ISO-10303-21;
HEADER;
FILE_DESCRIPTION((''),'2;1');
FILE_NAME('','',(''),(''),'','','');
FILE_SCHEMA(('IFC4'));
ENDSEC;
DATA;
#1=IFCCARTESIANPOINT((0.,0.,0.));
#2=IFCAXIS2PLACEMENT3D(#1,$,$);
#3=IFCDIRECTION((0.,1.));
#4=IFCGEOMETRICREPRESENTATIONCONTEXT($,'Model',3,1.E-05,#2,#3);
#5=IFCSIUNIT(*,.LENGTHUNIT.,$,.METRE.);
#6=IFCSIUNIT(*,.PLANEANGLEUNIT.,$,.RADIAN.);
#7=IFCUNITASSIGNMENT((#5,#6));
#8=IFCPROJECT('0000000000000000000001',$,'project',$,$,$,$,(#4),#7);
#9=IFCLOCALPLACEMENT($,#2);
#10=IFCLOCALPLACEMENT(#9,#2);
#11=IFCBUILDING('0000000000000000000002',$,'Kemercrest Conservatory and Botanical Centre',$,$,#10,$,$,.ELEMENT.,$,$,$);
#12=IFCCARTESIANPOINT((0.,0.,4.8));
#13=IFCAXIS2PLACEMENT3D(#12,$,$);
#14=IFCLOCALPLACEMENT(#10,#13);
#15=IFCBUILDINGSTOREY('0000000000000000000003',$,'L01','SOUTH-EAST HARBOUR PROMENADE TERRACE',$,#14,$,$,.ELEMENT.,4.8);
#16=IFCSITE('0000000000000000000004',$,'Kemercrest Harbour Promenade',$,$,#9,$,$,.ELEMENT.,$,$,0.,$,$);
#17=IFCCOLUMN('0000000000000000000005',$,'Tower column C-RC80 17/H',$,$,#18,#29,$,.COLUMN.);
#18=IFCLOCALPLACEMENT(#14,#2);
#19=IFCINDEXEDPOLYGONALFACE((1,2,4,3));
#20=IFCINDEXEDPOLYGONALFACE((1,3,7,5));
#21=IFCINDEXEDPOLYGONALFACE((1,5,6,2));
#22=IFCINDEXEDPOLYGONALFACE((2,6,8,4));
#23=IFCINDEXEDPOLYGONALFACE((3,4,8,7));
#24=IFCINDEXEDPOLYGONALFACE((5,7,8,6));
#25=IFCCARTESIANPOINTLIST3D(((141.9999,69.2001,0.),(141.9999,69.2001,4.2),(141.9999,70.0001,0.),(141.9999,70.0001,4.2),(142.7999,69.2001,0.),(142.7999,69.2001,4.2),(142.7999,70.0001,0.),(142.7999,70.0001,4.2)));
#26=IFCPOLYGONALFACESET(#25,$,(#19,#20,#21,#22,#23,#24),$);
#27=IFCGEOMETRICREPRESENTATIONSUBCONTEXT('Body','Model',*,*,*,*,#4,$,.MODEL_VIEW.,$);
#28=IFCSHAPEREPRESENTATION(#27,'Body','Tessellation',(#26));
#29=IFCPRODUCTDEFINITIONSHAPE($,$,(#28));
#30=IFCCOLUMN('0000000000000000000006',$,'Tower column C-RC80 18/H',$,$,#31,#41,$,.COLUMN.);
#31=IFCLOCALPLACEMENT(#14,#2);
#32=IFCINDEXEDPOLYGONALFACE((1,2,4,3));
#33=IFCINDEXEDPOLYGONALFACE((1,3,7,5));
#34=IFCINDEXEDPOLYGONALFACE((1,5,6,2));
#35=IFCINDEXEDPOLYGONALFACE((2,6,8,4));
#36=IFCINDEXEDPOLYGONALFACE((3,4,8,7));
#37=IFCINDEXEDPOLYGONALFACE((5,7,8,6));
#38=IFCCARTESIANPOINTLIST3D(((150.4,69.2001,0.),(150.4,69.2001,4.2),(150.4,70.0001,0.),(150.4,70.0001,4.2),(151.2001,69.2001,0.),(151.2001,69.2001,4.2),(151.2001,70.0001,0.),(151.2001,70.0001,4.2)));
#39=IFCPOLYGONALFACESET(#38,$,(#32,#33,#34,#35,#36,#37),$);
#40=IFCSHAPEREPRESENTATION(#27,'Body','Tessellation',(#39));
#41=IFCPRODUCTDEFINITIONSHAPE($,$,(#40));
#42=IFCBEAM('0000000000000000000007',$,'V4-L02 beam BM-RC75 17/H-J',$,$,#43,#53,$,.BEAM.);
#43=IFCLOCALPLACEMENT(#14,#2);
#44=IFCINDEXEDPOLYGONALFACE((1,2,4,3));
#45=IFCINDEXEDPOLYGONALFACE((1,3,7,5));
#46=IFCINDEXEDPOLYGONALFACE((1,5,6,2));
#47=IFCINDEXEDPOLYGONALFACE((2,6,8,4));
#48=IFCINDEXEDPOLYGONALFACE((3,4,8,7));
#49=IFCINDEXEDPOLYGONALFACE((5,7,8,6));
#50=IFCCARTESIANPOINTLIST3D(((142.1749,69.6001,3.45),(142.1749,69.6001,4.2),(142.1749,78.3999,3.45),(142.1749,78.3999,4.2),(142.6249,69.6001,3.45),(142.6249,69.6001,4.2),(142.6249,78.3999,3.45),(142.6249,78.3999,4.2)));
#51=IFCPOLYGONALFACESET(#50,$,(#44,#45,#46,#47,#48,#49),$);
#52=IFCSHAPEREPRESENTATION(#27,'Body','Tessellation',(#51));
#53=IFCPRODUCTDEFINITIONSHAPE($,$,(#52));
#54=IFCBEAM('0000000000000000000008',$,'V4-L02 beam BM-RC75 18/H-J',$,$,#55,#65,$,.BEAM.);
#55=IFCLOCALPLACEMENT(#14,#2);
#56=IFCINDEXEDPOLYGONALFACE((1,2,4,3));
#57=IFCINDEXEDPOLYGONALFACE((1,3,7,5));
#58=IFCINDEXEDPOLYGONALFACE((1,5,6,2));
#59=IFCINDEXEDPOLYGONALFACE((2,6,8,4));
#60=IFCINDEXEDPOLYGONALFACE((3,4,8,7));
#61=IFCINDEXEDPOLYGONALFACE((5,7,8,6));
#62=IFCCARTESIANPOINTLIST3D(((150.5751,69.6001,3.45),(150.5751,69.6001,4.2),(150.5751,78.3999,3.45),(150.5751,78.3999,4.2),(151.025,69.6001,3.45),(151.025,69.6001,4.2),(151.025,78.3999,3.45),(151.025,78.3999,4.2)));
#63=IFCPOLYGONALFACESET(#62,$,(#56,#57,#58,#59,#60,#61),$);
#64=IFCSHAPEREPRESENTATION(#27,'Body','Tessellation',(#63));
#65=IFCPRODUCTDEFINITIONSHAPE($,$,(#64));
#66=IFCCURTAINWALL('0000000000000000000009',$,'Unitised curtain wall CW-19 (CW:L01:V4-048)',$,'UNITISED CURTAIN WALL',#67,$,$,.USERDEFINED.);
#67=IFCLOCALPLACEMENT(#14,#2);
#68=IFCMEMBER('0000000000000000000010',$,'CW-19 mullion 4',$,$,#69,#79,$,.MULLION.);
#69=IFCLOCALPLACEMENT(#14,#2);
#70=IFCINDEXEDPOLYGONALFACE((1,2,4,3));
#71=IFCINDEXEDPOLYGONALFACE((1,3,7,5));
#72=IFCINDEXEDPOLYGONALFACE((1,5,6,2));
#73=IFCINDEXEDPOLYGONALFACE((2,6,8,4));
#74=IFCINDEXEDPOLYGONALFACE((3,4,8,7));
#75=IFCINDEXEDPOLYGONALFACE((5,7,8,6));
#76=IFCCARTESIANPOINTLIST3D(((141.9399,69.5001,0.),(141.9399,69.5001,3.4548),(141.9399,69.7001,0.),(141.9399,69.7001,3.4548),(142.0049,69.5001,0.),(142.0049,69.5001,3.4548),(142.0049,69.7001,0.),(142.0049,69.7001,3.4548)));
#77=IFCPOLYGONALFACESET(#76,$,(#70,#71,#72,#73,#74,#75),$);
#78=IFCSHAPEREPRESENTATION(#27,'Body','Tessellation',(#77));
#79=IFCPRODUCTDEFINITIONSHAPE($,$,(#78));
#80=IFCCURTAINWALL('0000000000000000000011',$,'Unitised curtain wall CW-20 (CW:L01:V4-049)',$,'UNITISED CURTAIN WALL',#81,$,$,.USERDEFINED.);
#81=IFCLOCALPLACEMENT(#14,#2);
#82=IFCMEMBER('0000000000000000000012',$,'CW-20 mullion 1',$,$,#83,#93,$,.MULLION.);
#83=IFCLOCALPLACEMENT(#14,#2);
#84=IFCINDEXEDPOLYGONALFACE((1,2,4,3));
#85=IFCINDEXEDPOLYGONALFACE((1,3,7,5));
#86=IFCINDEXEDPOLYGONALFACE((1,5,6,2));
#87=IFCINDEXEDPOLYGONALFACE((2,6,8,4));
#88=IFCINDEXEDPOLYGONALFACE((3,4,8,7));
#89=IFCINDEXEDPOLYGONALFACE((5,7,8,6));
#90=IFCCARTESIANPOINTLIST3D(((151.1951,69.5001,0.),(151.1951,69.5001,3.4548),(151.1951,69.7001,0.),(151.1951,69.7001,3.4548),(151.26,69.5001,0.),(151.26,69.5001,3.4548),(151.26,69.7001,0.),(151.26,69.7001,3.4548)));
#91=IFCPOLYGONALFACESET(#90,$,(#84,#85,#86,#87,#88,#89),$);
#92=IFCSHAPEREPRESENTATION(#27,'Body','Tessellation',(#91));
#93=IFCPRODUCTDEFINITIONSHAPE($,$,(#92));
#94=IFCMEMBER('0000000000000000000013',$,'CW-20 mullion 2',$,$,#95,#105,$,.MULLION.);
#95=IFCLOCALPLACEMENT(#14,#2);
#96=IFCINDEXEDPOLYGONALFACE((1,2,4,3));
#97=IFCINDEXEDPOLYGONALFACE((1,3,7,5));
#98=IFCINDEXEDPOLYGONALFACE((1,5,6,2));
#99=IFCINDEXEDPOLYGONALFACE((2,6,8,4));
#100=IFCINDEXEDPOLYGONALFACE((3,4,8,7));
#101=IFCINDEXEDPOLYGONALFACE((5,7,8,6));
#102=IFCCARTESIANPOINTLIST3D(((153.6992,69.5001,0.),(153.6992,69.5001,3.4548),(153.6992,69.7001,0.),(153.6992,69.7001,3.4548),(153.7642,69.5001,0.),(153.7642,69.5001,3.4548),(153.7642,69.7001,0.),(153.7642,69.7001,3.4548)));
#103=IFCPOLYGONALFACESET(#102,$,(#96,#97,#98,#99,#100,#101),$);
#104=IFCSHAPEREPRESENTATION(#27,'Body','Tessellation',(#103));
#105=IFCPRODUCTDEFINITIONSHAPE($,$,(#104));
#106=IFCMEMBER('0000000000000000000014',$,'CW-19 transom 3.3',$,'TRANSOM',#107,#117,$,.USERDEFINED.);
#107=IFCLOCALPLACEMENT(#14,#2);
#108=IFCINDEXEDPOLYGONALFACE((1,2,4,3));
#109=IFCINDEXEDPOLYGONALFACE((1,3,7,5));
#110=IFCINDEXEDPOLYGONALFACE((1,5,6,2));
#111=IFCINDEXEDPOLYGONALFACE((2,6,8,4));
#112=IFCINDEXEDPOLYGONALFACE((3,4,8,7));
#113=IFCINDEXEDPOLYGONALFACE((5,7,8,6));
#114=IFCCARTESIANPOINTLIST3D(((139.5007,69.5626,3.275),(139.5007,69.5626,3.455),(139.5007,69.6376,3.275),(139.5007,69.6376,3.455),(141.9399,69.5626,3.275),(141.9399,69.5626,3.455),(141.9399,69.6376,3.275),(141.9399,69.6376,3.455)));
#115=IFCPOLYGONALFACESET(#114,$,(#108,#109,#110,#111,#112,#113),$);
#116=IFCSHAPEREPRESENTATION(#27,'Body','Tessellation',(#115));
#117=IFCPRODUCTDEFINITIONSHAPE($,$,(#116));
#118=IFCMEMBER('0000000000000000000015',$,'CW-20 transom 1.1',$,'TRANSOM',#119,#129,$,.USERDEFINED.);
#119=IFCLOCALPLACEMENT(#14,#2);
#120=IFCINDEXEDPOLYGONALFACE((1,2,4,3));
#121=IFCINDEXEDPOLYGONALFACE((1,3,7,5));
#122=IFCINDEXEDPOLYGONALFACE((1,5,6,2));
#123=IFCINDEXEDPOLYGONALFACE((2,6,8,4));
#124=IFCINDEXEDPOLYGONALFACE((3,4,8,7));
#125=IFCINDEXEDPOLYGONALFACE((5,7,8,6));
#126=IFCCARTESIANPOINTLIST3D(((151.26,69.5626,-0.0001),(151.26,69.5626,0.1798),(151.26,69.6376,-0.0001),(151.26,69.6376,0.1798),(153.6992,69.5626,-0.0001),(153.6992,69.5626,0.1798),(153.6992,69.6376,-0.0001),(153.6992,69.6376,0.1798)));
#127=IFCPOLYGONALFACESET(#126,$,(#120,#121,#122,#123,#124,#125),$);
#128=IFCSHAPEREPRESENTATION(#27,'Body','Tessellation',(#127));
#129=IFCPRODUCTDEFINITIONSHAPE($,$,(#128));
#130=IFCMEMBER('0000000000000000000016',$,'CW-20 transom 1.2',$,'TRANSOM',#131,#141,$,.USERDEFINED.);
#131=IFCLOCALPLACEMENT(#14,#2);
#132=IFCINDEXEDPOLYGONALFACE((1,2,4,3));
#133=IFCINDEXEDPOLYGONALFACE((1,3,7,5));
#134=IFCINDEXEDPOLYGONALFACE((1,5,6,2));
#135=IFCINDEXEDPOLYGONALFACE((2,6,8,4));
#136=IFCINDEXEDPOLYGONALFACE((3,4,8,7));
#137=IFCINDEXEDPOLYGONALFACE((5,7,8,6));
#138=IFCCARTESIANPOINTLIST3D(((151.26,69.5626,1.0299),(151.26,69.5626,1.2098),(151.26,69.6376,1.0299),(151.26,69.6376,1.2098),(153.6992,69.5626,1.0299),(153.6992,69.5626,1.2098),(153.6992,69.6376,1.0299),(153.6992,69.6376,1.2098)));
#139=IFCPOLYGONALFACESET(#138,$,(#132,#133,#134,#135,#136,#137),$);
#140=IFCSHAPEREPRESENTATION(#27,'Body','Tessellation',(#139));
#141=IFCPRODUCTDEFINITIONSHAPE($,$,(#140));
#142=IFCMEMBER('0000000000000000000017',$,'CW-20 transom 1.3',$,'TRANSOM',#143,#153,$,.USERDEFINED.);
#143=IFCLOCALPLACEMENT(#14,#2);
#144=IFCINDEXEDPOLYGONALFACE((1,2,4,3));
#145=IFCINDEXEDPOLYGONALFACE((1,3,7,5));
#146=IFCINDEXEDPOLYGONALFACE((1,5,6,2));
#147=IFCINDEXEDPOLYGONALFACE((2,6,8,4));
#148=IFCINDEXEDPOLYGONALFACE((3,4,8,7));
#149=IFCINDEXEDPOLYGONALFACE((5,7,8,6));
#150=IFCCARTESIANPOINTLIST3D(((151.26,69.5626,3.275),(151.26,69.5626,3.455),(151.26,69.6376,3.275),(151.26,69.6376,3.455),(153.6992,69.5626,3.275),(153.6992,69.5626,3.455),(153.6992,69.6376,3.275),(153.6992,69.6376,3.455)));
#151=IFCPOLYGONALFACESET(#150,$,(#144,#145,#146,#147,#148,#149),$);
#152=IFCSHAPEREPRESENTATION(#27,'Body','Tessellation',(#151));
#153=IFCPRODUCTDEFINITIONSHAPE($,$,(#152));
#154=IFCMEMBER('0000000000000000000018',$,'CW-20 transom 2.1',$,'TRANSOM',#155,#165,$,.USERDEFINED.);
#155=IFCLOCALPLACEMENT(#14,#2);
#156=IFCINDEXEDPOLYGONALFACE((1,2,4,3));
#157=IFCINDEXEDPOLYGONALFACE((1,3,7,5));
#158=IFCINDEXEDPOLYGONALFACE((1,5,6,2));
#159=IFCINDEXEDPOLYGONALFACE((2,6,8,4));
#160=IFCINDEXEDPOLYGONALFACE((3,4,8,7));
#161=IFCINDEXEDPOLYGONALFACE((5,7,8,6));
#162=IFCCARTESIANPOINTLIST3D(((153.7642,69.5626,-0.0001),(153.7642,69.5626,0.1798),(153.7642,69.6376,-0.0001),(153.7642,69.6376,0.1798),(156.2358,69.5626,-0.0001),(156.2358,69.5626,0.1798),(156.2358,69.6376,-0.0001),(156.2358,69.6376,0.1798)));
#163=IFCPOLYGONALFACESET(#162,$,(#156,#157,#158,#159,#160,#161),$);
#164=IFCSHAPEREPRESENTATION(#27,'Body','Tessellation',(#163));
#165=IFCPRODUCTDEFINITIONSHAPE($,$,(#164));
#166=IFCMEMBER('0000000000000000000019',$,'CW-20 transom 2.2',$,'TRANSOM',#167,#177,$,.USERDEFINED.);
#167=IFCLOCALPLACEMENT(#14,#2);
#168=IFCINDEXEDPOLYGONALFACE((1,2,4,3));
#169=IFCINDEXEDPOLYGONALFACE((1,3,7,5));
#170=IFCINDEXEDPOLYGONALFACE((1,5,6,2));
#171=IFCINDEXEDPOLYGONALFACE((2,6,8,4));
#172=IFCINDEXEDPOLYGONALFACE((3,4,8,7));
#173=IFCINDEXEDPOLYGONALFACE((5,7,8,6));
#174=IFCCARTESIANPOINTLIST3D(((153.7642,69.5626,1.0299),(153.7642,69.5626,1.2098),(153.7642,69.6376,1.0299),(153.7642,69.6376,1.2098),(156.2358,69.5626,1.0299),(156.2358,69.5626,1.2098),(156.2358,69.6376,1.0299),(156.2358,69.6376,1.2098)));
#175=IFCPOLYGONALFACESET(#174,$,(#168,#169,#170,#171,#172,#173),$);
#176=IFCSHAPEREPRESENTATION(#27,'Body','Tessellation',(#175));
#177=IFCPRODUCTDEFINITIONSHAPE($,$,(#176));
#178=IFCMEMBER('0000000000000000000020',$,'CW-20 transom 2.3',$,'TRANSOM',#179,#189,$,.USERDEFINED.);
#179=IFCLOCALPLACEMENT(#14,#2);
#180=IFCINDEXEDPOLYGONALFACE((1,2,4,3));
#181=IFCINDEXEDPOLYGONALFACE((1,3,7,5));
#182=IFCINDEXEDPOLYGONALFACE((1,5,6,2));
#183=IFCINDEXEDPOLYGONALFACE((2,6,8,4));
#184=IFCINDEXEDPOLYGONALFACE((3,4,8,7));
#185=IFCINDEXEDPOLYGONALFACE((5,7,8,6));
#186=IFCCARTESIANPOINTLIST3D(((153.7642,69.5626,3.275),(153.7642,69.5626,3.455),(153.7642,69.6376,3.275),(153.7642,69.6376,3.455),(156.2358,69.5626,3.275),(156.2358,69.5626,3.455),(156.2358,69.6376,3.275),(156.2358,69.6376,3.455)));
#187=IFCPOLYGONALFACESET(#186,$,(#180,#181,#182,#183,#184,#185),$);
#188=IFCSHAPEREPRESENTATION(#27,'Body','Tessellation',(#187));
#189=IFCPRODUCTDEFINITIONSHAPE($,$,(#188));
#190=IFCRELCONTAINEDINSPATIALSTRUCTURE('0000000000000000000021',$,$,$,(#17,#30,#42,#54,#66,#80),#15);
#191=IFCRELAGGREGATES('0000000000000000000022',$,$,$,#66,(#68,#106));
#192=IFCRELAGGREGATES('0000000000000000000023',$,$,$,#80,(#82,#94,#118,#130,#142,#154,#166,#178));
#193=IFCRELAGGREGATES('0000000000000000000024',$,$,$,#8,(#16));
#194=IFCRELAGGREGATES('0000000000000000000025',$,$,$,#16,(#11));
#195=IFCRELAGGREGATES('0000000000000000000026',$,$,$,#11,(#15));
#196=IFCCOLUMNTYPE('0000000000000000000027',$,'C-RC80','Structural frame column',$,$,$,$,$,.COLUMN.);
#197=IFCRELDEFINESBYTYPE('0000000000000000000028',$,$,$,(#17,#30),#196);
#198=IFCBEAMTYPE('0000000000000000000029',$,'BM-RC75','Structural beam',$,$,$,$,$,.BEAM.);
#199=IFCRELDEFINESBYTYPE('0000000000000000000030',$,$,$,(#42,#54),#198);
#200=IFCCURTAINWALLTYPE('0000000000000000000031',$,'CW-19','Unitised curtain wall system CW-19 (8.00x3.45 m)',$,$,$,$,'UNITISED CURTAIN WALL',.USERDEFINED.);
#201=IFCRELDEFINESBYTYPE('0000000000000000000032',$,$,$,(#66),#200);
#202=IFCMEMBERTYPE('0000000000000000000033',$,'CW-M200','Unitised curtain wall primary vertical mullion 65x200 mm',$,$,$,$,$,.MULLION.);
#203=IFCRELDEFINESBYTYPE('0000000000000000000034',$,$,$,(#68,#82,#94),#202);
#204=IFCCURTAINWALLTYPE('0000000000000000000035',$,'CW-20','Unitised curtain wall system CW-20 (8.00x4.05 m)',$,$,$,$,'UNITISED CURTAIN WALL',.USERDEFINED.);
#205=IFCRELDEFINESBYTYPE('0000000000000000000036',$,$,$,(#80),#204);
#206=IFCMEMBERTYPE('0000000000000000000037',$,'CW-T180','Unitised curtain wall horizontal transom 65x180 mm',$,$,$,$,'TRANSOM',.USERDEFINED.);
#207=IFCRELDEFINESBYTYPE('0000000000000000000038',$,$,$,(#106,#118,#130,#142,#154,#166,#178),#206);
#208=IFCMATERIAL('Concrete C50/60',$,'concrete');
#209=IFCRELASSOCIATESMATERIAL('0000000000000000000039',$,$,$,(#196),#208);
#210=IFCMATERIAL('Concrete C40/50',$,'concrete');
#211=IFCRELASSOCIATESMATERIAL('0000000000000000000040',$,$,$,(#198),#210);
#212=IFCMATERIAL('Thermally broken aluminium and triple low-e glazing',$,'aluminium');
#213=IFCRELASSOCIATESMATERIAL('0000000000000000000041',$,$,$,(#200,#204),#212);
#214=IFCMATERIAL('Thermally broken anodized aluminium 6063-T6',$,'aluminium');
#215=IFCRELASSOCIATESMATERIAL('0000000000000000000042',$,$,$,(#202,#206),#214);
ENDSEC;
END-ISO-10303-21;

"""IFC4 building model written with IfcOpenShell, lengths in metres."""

from ifc_helpers import new_model, si_unit, direction, frame, origin, origin_2d, place, context, subcontext, project, spatial, rectangle, extrude, material, material_profile, profile_set, type_object, element, aggregate, save


model = new_model("IFC4")

# Units and contexts
model_context = context("Model", 3, precision=1e-05, world=origin(), true_north=direction((0.0, 1.0)))
body_context = subcontext(model_context, "Body", "Model", "MODEL_VIEW")
ifc_project = project(units=[si_unit("LENGTHUNIT", "METRE"), si_unit("PLANEANGLEUNIT", "RADIAN")], contexts=[model_context])

# Site, building, storey
site_placement = place(None, origin())
site = spatial("IfcSite", under=ifc_project, at=site_placement, Name="Kemercrest Harbour Promenade", CompositionType="ELEMENT", RefElevation=0.0)
building_placement = place(site_placement, origin())
building = spatial("IfcBuilding", under=site, at=building_placement, Name="Kemercrest Conservatory and Botanical Centre", CompositionType="ELEMENT")
storey_placement = place(building_placement, frame((0.0, 0.0, 4.8)))
storey = spatial("IfcBuildingStorey", under=building, at=storey_placement, Name="L01", Description="SOUTH-EAST HARBOUR PROMENADE TERRACE", CompositionType="ELEMENT", Elevation=4.8)

# Columns
ifc_material_1 = material(Name="Concrete C50/60", Category="concrete")
ifc_material_profile_1 = material_profile(ifc_material_1, rectangle(XDim=0.8, YDim=0.8, at=origin_2d()), Name="RC 800x800")
ifc_profile_set_1 = profile_set([ifc_material_profile_1], Name="Concrete C50/60")
column_type = type_object("IfcColumnType", Name="C-RC80", Description="Structural frame column", PredefinedType="COLUMN", material=ifc_profile_set_1)
for number, where, z_axis, x_axis, name in (
    (1, (142.3999, 69.6001, 0.0), (0.0, 0.0, 1.0), (1.0, 0.0, 0.0), "Tower column C-RC80 17/H"),
    (2, (150.8, 69.6001, 0.0), (0.0, 0.0, 1.0), (1.0, 0.0, 0.0), "Tower column C-RC80 18/H"),
):
    element("IfcColumn", number, at=place(storey_placement, frame(where, z_axis=z_axis, x_axis=x_axis)), inside=storey, type_object=column_type, Name=name, PredefinedType="COLUMN", context=body_context, shape_type="SweptSolid", body=[
        extrude(rectangle(XDim=0.8, YDim=0.8, at=origin_2d()), origin(), (0.0, 0.0, 1.0), 4.2),
    ])

# Beams
ifc_material_2 = material(Name="Concrete C40/50", Category="concrete")
ifc_material_profile_2 = material_profile(ifc_material_2, rectangle(XDim=0.45, YDim=0.75, at=origin_2d()), Name="RC 450x750")
ifc_profile_set_2 = profile_set([ifc_material_profile_2], Name="Concrete C40/50")
beam_type_1 = type_object("IfcBeamType", Name="BM-RC75", Description="Structural beam", PredefinedType="BEAM", material=ifc_profile_set_2)
for number, where, z_axis, x_axis, name in (
    (3, (142.3999, 69.6001, 3.825), (0.0, 1.0, 0.0), (-1.0, 0.0, 0.0), "V4-L02 beam BM-RC75 17/H-J"),
    (4, (150.8, 69.6001, 3.825), (0.0, 1.0, 0.0), (-1.0, 0.0, 0.0), "V4-L02 beam BM-RC75 18/H-J"),
):
    element("IfcBeam", number, at=place(storey_placement, frame(where, z_axis=z_axis, x_axis=x_axis)), inside=storey, type_object=beam_type_1, Name=name, PredefinedType="BEAM", context=body_context, shape_type="SweptSolid", body=[
        extrude(rectangle(XDim=0.45, YDim=0.75, at=origin_2d()), origin(), (0.0, 0.0, 1.0), 8.7998),
    ])

# Curtain wall, member
ifc_material_3 = material(Name="Thermally broken aluminium and triple low-e glazing", Category="aluminium")
curtain_wall_type_1 = type_object("IfcCurtainWallType", Name="CW-19", Description="Unitised curtain wall system CW-19 (8.00x3.45 m)", ElementType="UNITISED CURTAIN WALL", PredefinedType="USERDEFINED", material=ifc_material_3)
curtain_wall_1_placement = place(storey_placement, origin())
curtain_wall_1 = element("IfcCurtainWall", 5, at=curtain_wall_1_placement, inside=storey, type_object=curtain_wall_type_1, Name="Unitised curtain wall CW-19 (CW:L01:V4-048)", ObjectType="UNITISED CURTAIN WALL", PredefinedType="USERDEFINED")
ifc_material_4 = material(Name="Thermally broken anodized aluminium 6063-T6", Category="aluminium")
ifc_material_profile_3 = material_profile(ifc_material_4, rectangle(XDim=0.2, YDim=0.0649, at=origin_2d()), Name="AL MULLION 65x200")
ifc_profile_set_3 = profile_set([ifc_material_profile_3], Name="Thermally broken anodized aluminium 6063-T6")
member_type_1 = type_object("IfcMemberType", Name="CW-M200", Description="Unitised curtain wall primary vertical mullion 65x200 mm", PredefinedType="MULLION", material=ifc_profile_set_3)
member_1_placement = place(storey_placement, frame((141.9724, 69.6001, 0.0), z_axis=(0.0, 0.0, 1.0), x_axis=(0.0, 1.0, 0.0)))
member_1 = element("IfcMember", 6, at=member_1_placement, type_object=member_type_1, Name="CW-19 mullion 4", PredefinedType="MULLION", context=body_context, shape_type="SweptSolid", body=[
    extrude(rectangle(XDim=0.2, YDim=0.0649, at=origin_2d()), origin(), (0.0, 0.0, 1.0), 3.4548),
])

# Curtain wall, members
curtain_wall_type_2 = type_object("IfcCurtainWallType", Name="CW-20", Description="Unitised curtain wall system CW-20 (8.00x4.05 m)", ElementType="UNITISED CURTAIN WALL", PredefinedType="USERDEFINED", material=ifc_material_3)
curtain_wall_2_placement = place(storey_placement, origin())
curtain_wall_2 = element("IfcCurtainWall", 7, at=curtain_wall_2_placement, inside=storey, type_object=curtain_wall_type_2, Name="Unitised curtain wall CW-20 (CW:L01:V4-049)", ObjectType="UNITISED CURTAIN WALL", PredefinedType="USERDEFINED")
member_2_placement = place(storey_placement, frame((151.2275, 69.6001, 0.0), z_axis=(0.0, 0.0, 1.0), x_axis=(0.0, 1.0, 0.0)))
member_2 = element("IfcMember", 8, at=member_2_placement, type_object=member_type_1, Name="CW-20 mullion 1", PredefinedType="MULLION", context=body_context, shape_type="SweptSolid", body=[
    extrude(rectangle(XDim=0.2, YDim=0.0649, at=origin_2d()), origin(), (0.0, 0.0, 1.0), 3.4548),
])
member_3_placement = place(storey_placement, frame((153.7317, 69.6001, 0.0), z_axis=(0.0, 0.0, 1.0), x_axis=(0.0, 1.0, 0.0)))
member_3 = element("IfcMember", 9, at=member_3_placement, type_object=member_type_1, Name="CW-20 mullion 2", PredefinedType="MULLION", context=body_context, shape_type="SweptSolid", body=[
    extrude(rectangle(XDim=0.2, YDim=0.0649, at=origin_2d()), origin(), (0.0, 0.0, 1.0), 3.4548),
])

# Members
ifc_material_profile_4 = material_profile(ifc_material_4, rectangle(XDim=0.075, YDim=0.1799, at=origin_2d()), Name="AL TRANSOM 75x180")
ifc_profile_set_4 = profile_set([ifc_material_profile_4], Name="Thermally broken anodized aluminium 6063-T6")
member_type_2 = type_object("IfcMemberType", Name="CW-T180", Description="Unitised curtain wall horizontal transom 65x180 mm", ElementType="TRANSOM", PredefinedType="USERDEFINED", material=ifc_profile_set_4)
member_4_placement = place(storey_placement, frame((139.5007, 69.6001, 3.365), z_axis=(1.0, 0.0, 0.0), x_axis=(0.0, 1.0, 0.0)))
member_4 = element("IfcMember", 10, at=member_4_placement, type_object=member_type_2, Name="CW-19 transom 3.3", ObjectType="TRANSOM", PredefinedType="USERDEFINED", context=body_context, shape_type="SweptSolid", body=[
    extrude(rectangle(XDim=0.075, YDim=0.1799, at=origin_2d()), origin(), (0.0, 0.0, 1.0), 2.4392),
])
member_5_placement = place(storey_placement, frame((151.26, 69.6001, 0.0898), z_axis=(1.0, 0.0, 0.0), x_axis=(0.0, 1.0, 0.0)))
member_5 = element("IfcMember", 11, at=member_5_placement, type_object=member_type_2, Name="CW-20 transom 1.1", ObjectType="TRANSOM", PredefinedType="USERDEFINED", context=body_context, shape_type="SweptSolid", body=[
    extrude(rectangle(XDim=0.075, YDim=0.1799, at=origin_2d()), origin(), (0.0, 0.0, 1.0), 2.4392),
])
member_6_placement = place(storey_placement, frame((151.26, 69.6001, 1.1199), z_axis=(1.0, 0.0, 0.0), x_axis=(0.0, 1.0, 0.0)))
member_6 = element("IfcMember", 12, at=member_6_placement, type_object=member_type_2, Name="CW-20 transom 1.2", ObjectType="TRANSOM", PredefinedType="USERDEFINED", context=body_context, shape_type="SweptSolid", body=[
    extrude(rectangle(XDim=0.075, YDim=0.1799, at=origin_2d()), origin(), (0.0, 0.0, 1.0), 2.4392),
])
member_7_placement = place(storey_placement, frame((151.26, 69.6001, 3.365), z_axis=(1.0, 0.0, 0.0), x_axis=(0.0, 1.0, 0.0)))
member_7 = element("IfcMember", 13, at=member_7_placement, type_object=member_type_2, Name="CW-20 transom 1.3", ObjectType="TRANSOM", PredefinedType="USERDEFINED", context=body_context, shape_type="SweptSolid", body=[
    extrude(rectangle(XDim=0.075, YDim=0.1799, at=origin_2d()), origin(), (0.0, 0.0, 1.0), 2.4392),
])
member_8_placement = place(storey_placement, frame((153.7642, 69.6001, 0.0898), z_axis=(1.0, 0.0, 0.0), x_axis=(0.0, 1.0, 0.0)))
member_8 = element("IfcMember", 14, at=member_8_placement, type_object=member_type_2, Name="CW-20 transom 2.1", ObjectType="TRANSOM", PredefinedType="USERDEFINED", context=body_context, shape_type="SweptSolid", body=[
    extrude(rectangle(XDim=0.075, YDim=0.1799, at=origin_2d()), origin(), (0.0, 0.0, 1.0), 2.4717),
])
member_9_placement = place(storey_placement, frame((153.7642, 69.6001, 1.1199), z_axis=(1.0, 0.0, 0.0), x_axis=(0.0, 1.0, 0.0)))
member_9 = element("IfcMember", 15, at=member_9_placement, type_object=member_type_2, Name="CW-20 transom 2.2", ObjectType="TRANSOM", PredefinedType="USERDEFINED", context=body_context, shape_type="SweptSolid", body=[
    extrude(rectangle(XDim=0.075, YDim=0.1799, at=origin_2d()), origin(), (0.0, 0.0, 1.0), 2.4717),
])
member_10_placement = place(storey_placement, frame((153.7642, 69.6001, 3.365), z_axis=(1.0, 0.0, 0.0), x_axis=(0.0, 1.0, 0.0)))
member_10 = element("IfcMember", 16, at=member_10_placement, type_object=member_type_2, Name="CW-20 transom 2.3", ObjectType="TRANSOM", PredefinedType="USERDEFINED", context=body_context, shape_type="SweptSolid", body=[
    extrude(rectangle(XDim=0.075, YDim=0.1799, at=origin_2d()), origin(), (0.0, 0.0, 1.0), 2.4717),
])

aggregate(curtain_wall_1, [member_1, member_4])
aggregate(curtain_wall_2, [member_2, member_3, member_5, member_6, member_7, member_8, member_9, member_10])

save(model, "model.ifc")
